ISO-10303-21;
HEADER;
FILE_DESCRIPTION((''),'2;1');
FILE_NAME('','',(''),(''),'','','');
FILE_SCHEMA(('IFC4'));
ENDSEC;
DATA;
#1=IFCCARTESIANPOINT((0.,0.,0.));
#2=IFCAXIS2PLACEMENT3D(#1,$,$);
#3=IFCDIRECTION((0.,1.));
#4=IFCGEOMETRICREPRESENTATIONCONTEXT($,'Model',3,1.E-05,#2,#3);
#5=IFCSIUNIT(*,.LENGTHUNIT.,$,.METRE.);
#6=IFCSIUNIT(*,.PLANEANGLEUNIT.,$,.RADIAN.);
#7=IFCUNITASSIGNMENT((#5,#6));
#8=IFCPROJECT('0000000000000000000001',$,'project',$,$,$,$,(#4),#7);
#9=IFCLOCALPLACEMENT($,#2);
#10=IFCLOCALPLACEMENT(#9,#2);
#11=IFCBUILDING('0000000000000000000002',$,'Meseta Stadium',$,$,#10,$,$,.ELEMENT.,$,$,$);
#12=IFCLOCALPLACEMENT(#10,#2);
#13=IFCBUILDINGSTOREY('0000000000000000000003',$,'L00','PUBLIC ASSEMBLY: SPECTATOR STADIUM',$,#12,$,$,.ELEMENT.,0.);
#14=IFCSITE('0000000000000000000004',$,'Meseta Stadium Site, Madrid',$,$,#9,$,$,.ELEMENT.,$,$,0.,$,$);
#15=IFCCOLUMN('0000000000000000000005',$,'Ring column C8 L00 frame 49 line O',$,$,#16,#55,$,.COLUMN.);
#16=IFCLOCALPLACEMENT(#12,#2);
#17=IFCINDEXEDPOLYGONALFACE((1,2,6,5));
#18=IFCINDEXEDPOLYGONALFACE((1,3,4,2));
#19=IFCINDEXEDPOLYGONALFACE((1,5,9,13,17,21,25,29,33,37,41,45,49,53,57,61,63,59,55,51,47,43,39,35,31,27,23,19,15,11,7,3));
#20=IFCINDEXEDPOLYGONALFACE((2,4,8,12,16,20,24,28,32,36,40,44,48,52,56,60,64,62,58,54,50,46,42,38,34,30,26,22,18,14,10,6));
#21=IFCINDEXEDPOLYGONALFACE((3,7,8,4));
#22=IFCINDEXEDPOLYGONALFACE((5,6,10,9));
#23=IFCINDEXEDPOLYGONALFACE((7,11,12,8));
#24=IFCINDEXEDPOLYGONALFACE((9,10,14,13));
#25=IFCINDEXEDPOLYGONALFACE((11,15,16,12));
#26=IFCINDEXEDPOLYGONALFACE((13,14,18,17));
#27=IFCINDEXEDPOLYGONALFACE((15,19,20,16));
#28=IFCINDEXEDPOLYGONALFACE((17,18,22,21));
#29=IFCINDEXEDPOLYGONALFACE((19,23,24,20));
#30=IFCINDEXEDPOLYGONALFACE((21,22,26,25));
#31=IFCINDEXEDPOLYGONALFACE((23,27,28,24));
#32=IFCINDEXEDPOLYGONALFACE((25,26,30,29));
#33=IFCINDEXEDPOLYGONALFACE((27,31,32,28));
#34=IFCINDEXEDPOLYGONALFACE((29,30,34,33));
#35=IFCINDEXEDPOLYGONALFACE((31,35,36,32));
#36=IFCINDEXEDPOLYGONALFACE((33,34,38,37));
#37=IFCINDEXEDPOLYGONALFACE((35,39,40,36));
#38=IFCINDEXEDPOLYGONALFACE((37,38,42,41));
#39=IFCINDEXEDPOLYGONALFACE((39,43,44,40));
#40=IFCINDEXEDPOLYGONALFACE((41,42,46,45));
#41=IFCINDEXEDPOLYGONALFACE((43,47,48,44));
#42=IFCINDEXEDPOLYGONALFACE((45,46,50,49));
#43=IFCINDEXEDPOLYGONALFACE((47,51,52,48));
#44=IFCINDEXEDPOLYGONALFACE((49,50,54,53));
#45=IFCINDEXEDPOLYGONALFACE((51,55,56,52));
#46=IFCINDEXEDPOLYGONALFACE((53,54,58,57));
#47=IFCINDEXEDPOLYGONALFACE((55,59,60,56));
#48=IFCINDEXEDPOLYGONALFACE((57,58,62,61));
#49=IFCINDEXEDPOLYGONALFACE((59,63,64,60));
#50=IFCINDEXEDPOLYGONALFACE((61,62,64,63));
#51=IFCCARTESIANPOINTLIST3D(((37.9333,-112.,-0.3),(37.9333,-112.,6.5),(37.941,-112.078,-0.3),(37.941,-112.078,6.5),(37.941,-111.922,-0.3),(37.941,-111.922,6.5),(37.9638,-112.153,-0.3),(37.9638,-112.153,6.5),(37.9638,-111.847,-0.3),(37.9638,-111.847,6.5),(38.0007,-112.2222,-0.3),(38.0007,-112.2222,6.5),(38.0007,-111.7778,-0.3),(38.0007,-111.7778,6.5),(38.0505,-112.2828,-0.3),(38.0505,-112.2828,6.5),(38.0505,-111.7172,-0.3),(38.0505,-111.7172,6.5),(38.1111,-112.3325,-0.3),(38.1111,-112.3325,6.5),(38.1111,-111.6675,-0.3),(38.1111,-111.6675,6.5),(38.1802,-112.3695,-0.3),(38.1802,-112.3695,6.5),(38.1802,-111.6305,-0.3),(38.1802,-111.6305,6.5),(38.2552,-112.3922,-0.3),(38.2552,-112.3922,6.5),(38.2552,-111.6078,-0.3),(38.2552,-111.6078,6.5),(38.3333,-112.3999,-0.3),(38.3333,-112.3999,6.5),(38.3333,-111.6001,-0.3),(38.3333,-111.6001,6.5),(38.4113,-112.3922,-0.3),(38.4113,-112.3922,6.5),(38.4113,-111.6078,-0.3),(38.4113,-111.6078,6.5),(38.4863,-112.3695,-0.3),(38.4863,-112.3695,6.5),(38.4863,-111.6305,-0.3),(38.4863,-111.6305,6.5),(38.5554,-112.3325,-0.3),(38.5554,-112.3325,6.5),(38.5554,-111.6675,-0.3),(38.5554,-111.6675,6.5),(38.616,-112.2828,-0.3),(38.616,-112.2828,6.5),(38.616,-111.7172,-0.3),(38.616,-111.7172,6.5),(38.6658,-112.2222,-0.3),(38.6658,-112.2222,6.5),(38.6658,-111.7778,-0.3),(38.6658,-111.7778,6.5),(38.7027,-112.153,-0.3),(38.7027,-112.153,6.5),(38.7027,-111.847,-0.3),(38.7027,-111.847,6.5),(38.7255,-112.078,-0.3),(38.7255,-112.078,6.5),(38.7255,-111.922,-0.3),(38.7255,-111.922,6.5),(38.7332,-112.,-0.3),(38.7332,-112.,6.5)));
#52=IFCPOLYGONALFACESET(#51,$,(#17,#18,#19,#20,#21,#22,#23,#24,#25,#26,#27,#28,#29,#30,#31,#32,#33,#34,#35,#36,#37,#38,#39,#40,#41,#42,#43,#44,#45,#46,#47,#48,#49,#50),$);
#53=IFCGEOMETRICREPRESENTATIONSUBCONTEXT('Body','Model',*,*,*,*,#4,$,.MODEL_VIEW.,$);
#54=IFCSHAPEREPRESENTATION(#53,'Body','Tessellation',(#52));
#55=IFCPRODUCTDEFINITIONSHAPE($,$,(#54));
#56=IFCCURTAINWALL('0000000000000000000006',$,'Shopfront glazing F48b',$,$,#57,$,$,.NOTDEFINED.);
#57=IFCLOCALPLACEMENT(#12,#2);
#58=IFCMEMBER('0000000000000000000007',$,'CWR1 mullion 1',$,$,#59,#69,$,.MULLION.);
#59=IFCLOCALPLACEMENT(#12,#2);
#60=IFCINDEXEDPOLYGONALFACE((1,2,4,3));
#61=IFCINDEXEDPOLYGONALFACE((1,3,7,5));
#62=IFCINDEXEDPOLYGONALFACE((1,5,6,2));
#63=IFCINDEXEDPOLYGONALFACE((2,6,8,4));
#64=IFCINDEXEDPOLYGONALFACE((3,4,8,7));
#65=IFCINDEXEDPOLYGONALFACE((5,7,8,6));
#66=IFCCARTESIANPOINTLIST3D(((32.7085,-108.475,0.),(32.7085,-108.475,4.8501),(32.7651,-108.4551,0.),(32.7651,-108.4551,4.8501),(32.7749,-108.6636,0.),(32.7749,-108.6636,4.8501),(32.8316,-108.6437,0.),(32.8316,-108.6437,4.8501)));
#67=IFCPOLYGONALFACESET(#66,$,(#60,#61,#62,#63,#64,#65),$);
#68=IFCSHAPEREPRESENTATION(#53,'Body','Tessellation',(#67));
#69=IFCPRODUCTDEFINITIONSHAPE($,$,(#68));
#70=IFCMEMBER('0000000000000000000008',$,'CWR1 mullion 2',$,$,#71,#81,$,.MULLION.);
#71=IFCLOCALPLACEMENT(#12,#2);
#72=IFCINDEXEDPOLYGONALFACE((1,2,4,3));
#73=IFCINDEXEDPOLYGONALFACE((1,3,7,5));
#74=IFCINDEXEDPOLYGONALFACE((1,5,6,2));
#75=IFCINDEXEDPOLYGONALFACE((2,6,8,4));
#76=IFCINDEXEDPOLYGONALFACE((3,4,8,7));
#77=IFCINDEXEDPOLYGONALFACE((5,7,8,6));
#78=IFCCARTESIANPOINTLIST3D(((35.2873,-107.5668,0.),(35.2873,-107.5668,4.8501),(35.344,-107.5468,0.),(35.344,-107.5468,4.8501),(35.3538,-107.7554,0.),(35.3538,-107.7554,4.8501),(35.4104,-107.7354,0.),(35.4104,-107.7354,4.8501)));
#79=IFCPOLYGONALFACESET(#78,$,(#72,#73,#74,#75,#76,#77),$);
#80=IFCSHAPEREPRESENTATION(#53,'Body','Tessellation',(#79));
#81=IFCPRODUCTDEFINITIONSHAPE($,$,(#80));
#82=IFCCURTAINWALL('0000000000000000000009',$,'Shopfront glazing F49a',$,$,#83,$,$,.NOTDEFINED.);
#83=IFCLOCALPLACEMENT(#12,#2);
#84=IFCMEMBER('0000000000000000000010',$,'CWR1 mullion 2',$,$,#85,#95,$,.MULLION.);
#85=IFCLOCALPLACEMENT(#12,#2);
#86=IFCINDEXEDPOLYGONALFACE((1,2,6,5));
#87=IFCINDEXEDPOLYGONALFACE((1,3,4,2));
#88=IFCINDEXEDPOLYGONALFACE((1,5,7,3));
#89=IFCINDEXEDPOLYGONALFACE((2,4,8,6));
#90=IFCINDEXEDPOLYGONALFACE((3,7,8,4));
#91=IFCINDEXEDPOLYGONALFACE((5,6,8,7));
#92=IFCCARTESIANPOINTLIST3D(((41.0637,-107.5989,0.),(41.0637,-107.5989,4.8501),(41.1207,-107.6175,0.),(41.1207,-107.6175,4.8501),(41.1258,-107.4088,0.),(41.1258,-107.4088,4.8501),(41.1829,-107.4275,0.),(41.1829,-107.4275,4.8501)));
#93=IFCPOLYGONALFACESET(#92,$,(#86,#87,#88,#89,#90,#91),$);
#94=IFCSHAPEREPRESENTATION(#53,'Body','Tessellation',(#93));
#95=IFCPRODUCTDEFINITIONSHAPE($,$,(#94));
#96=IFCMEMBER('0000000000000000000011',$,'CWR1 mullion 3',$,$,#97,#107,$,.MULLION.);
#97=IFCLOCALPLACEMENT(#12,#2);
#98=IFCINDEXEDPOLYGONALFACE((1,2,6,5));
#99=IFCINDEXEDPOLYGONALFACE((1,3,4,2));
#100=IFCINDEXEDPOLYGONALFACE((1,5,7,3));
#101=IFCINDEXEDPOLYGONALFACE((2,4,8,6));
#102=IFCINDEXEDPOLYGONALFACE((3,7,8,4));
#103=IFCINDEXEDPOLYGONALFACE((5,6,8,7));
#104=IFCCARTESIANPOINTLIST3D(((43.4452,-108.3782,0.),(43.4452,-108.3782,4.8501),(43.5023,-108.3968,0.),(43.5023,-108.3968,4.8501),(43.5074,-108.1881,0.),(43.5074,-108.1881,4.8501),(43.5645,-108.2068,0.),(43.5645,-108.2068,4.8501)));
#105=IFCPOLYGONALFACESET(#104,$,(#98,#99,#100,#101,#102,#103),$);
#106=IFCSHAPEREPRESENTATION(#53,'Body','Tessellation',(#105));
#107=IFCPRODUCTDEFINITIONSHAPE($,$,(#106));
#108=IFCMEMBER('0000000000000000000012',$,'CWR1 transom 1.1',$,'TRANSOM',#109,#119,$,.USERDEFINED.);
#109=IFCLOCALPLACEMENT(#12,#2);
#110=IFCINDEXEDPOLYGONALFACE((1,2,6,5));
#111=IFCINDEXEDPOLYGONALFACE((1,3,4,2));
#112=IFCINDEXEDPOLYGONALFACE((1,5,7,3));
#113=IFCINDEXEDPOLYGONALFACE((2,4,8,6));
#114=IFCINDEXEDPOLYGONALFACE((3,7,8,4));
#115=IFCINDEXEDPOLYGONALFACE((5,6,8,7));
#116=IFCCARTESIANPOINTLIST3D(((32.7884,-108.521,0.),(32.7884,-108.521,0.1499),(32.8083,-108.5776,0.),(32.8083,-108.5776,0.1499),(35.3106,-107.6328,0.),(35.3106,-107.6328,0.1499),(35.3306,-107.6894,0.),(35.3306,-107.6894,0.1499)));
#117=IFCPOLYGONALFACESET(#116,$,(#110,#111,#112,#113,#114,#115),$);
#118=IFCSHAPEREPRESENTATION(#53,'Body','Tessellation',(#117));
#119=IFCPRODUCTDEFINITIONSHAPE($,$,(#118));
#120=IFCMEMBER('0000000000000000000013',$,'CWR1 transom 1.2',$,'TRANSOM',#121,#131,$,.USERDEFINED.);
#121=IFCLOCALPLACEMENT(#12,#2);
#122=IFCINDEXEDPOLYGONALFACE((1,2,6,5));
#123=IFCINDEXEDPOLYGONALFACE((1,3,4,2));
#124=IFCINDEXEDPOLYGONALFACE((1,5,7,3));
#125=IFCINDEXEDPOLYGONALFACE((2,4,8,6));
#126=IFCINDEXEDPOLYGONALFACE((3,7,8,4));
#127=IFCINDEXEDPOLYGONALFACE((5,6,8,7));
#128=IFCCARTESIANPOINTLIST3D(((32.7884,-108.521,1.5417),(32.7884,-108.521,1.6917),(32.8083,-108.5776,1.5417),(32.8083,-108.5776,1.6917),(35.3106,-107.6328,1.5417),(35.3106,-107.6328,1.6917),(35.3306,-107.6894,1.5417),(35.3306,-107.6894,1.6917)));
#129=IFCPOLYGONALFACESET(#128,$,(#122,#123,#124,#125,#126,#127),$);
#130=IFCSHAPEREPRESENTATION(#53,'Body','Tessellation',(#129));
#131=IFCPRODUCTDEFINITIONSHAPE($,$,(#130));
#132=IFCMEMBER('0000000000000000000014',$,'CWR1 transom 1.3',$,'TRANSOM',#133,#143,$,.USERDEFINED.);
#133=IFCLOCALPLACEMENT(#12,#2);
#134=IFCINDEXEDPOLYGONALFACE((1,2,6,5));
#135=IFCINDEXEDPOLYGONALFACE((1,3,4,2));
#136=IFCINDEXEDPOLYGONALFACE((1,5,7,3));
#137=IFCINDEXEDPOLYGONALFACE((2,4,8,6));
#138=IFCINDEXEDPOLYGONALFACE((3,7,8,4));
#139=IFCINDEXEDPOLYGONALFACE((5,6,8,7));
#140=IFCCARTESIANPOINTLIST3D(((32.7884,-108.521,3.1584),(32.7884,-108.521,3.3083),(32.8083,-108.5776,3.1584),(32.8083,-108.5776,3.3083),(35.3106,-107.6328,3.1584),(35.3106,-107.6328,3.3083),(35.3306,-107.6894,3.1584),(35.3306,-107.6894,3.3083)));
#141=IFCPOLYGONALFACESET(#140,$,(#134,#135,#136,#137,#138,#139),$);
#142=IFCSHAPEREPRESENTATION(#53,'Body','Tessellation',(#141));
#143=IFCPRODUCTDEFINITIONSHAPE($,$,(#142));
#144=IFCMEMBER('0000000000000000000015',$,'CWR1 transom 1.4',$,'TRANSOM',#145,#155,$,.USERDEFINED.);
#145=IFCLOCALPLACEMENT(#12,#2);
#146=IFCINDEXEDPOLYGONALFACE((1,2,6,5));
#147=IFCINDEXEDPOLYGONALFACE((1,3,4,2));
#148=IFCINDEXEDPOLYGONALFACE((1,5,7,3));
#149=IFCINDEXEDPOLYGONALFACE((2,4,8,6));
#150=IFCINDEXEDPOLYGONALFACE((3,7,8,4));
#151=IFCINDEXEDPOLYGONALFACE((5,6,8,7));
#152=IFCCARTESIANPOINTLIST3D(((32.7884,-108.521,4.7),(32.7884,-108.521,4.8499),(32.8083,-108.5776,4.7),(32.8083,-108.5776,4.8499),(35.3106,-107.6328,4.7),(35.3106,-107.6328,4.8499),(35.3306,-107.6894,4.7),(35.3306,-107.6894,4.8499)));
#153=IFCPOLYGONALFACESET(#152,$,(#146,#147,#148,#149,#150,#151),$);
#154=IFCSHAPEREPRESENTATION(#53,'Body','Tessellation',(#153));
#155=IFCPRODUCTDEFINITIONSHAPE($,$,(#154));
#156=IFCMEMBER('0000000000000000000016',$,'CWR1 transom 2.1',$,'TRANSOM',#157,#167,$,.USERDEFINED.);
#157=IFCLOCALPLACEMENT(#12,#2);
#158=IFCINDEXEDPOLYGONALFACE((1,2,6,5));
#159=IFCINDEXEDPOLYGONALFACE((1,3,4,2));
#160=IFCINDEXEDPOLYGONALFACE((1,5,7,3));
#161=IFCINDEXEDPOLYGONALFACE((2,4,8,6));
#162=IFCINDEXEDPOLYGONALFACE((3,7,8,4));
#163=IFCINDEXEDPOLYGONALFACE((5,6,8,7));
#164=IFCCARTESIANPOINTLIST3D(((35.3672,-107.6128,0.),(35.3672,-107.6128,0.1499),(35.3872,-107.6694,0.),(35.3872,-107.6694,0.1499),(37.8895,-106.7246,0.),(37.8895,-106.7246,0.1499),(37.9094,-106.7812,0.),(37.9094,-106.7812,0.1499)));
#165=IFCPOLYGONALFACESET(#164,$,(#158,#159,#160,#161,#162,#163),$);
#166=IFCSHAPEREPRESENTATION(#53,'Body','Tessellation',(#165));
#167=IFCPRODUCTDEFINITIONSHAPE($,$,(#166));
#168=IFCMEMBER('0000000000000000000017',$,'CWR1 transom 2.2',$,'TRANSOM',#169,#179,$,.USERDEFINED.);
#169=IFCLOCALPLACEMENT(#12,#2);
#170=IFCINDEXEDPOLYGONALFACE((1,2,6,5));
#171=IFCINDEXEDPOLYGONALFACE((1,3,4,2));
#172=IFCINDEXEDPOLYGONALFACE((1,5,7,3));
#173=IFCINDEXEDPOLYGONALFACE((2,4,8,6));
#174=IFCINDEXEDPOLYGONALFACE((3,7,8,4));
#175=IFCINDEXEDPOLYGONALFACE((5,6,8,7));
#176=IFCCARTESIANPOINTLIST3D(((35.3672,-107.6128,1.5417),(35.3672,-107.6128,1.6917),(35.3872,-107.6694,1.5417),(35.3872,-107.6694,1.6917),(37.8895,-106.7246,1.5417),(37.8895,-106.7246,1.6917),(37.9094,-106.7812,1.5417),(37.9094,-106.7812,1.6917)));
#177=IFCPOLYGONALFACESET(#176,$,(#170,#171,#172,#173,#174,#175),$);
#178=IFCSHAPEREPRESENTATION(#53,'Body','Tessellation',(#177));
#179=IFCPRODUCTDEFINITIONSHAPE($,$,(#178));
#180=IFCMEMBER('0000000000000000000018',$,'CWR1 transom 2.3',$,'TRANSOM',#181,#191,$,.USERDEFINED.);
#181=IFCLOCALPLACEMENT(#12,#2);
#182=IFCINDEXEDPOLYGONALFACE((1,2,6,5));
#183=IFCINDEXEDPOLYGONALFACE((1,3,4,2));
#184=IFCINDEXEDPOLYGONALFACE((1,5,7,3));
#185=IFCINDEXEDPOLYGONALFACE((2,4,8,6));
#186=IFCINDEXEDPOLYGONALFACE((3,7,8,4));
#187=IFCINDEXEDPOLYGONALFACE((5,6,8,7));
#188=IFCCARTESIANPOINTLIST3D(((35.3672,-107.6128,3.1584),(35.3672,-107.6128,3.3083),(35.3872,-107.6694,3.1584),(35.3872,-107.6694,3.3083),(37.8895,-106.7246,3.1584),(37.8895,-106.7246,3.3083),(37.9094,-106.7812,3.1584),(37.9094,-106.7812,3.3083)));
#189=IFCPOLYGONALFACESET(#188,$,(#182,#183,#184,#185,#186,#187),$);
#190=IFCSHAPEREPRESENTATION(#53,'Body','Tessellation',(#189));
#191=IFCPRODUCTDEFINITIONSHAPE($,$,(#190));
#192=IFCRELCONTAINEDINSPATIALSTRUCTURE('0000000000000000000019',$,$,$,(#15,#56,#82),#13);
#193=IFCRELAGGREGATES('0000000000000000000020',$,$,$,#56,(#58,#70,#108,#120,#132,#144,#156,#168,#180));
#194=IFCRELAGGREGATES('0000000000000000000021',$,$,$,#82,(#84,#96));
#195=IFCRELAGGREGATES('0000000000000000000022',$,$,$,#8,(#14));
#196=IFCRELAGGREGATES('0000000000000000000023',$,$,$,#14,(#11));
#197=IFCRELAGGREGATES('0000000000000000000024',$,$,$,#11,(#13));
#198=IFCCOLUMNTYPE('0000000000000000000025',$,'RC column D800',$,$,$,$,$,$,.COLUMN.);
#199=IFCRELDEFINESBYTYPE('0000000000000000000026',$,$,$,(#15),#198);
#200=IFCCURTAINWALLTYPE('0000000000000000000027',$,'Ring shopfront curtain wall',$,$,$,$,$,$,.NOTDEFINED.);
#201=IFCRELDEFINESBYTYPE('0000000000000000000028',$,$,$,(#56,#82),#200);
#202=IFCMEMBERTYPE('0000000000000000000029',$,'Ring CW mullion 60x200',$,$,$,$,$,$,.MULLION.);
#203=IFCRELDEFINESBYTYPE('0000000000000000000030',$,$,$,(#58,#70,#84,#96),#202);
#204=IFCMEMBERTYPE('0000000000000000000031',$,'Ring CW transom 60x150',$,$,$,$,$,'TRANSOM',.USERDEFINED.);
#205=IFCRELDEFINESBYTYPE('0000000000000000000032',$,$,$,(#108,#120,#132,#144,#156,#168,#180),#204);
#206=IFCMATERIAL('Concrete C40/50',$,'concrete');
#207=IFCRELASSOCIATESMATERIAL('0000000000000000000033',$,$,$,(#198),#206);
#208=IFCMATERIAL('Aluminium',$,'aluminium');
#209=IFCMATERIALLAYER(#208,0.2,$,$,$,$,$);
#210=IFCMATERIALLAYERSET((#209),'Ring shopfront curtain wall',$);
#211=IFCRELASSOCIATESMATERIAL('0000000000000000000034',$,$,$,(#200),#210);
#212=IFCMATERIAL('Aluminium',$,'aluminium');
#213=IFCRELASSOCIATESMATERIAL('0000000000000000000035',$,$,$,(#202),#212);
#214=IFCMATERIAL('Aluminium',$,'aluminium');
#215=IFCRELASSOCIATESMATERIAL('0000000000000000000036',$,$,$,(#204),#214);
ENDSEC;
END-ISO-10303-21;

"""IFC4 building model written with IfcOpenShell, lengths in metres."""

from ifc_helpers import new_model, si_unit, direction, frame, origin, origin_2d, place, context, subcontext, project, spatial, rectangle, circle, extrude, material, layer, layer_set, material_profile, profile_set, type_object, element, aggregate, save


model = new_model("IFC4")

# Units and contexts
model_context = context("Model", 3, precision=1e-05, world=origin(), true_north=direction((0.0, 1.0)))
body_context = subcontext(model_context, "Body", "Model", "MODEL_VIEW")
ifc_project = project(units=[si_unit("LENGTHUNIT", "METRE"), si_unit("PLANEANGLEUNIT", "RADIAN")], contexts=[model_context])

# Site, building, storey
site_placement = place(None, origin())
site = spatial("IfcSite", under=ifc_project, at=site_placement, Name="Meseta Stadium Site, Madrid", CompositionType="ELEMENT", RefElevation=0.0)
building_placement = place(site_placement, origin())
building = spatial("IfcBuilding", under=site, at=building_placement, Name="Meseta Stadium", CompositionType="ELEMENT")
storey_placement = place(building_placement, origin())
storey = spatial("IfcBuildingStorey", under=building, at=storey_placement, Name="L00", Description="PUBLIC ASSEMBLY: SPECTATOR STADIUM", CompositionType="ELEMENT", Elevation=0.0)

# Column
ifc_material_1 = material(Name="Concrete C40/50", Category="concrete")
ifc_material_profile_1 = material_profile(ifc_material_1, circle(Radius=0.3999, at=origin_2d()), Name="RC D800")
ifc_profile_set_1 = profile_set([ifc_material_profile_1], Name="Concrete C40/50")
column_type = type_object("IfcColumnType", Name="RC column D800", PredefinedType="COLUMN", material=ifc_profile_set_1)
column_placement = place(storey_placement, frame((38.3333, -112.0, -0.3), z_axis=(0.0, 0.0, 1.0), x_axis=(1.0, 0.0, 0.0)))
element("IfcColumn", 1, at=column_placement, inside=storey, type_object=column_type, Name="Ring column C8 L00 frame 49 line O", PredefinedType="COLUMN", context=body_context, shape_type="SweptSolid", body=[
    extrude(circle(Radius=0.3999, at=origin_2d()), origin(), (0.0, 0.0, 1.0), 6.8),
])

# Curtain walls, members
ifc_material_2 = material(Name="Aluminium", Category="aluminium")
ifc_layer_1 = layer(ifc_material_2, 0.2)
ifc_layer_set_1 = layer_set([ifc_layer_1], Name="Ring shopfront curtain wall")
curtain_wall_type = type_object("IfcCurtainWallType", Name="Ring shopfront curtain wall", PredefinedType="NOTDEFINED", material=ifc_layer_set_1)
curtain_wall_1_placement = place(storey_placement, origin())
curtain_wall_1 = element("IfcCurtainWall", 2, at=curtain_wall_1_placement, inside=storey, type_object=curtain_wall_type, Name="Shopfront glazing F48b", PredefinedType="NOTDEFINED")
ifc_material_3 = material(Name="Aluminium", Category="aluminium")
ifc_material_profile_2 = material_profile(ifc_material_3, rectangle(XDim=0.2, YDim=0.0601, at=origin_2d()), Name="CW 200x60")
ifc_profile_set_2 = profile_set([ifc_material_profile_2], Name="Aluminium")
member_type_1 = type_object("IfcMemberType", Name="Ring CW mullion 60x200", PredefinedType="MULLION", material=ifc_profile_set_2)
member_1_placement = place(storey_placement, frame((32.77, -108.5593, 0.0), z_axis=(0.0, 0.0, 1.0), x_axis=(-0.33217, 0.94322, 0.0)))
member_1 = element("IfcMember", 3, at=member_1_placement, type_object=member_type_1, Name="CWR1 mullion 1", PredefinedType="MULLION", context=body_context, shape_type="SweptSolid", body=[
    extrude(rectangle(XDim=0.2, YDim=0.0601, at=origin_2d()), origin(), (0.0, 0.0, 1.0), 4.8501),
])
member_2_placement = place(storey_placement, frame((35.3489, -107.6511, 0.0), z_axis=(0.0, 0.0, 1.0), x_axis=(-0.33217, 0.94322, 0.0)))
member_2 = element("IfcMember", 4, at=member_2_placement, type_object=member_type_1, Name="CWR1 mullion 2", PredefinedType="MULLION", context=body_context, shape_type="SweptSolid", body=[
    extrude(rectangle(XDim=0.2, YDim=0.0601, at=origin_2d()), origin(), (0.0, 0.0, 1.0), 4.8501),
])
curtain_wall_2_placement = place(storey_placement, origin())
curtain_wall_2 = element("IfcCurtainWall", 5, at=curtain_wall_2_placement, inside=storey, type_object=curtain_wall_type, Name="Shopfront glazing F49a", PredefinedType="NOTDEFINED")
member_3_placement = place(storey_placement, frame((41.1233, -107.5132, 0.0), z_axis=(0.0, 0.0, 1.0), x_axis=(0.311059, 0.950391, 0.0)))
member_3 = element("IfcMember", 6, at=member_3_placement, type_object=member_type_1, Name="CWR1 mullion 2", PredefinedType="MULLION", context=body_context, shape_type="SweptSolid", body=[
    extrude(rectangle(XDim=0.2, YDim=0.0601, at=origin_2d()), origin(), (0.0, 0.0, 1.0), 4.8501),
])
member_4_placement = place(storey_placement, frame((43.5049, -108.2925, 0.0), z_axis=(0.0, 0.0, 1.0), x_axis=(0.311059, 0.950391, 0.0)))
member_4 = element("IfcMember", 7, at=member_4_placement, type_object=member_type_1, Name="CWR1 mullion 3", PredefinedType="MULLION", context=body_context, shape_type="SweptSolid", body=[
    extrude(rectangle(XDim=0.2, YDim=0.0601, at=origin_2d()), origin(), (0.0, 0.0, 1.0), 4.8501),
])

# Members
ifc_material_4 = material(Name="Aluminium", Category="aluminium")
ifc_material_profile_3 = material_profile(ifc_material_4, rectangle(XDim=0.0601, YDim=0.1499, at=origin_2d()), Name="CW 60x150")
ifc_profile_set_3 = profile_set([ifc_material_profile_3], Name="Aluminium")
member_type_2 = type_object("IfcMemberType", Name="Ring CW transom 60x150", ElementType="TRANSOM", PredefinedType="USERDEFINED", material=ifc_profile_set_3)
member_5_placement = place(storey_placement, frame((32.7983, -108.5493, 0.075), z_axis=(0.943226, 0.332151, 0.0), x_axis=(-0.332151, 0.943226, 0.0)))
member_5 = element("IfcMember", 8, at=member_5_placement, type_object=member_type_2, Name="CWR1 transom 1.1", ObjectType="TRANSOM", PredefinedType="USERDEFINED", context=body_context, shape_type="SweptSolid", body=[
    extrude(rectangle(XDim=0.0601, YDim=0.1499, at=origin_2d()), origin(), (0.0, 0.0, 1.0), 2.6741),
])
member_6_placement = place(storey_placement, frame((32.7983, -108.5493, 1.6167), z_axis=(0.943226, 0.332151, 0.0), x_axis=(-0.332151, 0.943226, 0.0)))
member_6 = element("IfcMember", 9, at=member_6_placement, type_object=member_type_2, Name="CWR1 transom 1.2", ObjectType="TRANSOM", PredefinedType="USERDEFINED", context=body_context, shape_type="SweptSolid", body=[
    extrude(rectangle(XDim=0.0601, YDim=0.1499, at=origin_2d()), origin(), (0.0, 0.0, 1.0), 2.6741),
])
member_7_placement = place(storey_placement, frame((32.7983, -108.5493, 3.2334), z_axis=(0.943226, 0.332151, 0.0), x_axis=(-0.332151, 0.943226, 0.0)))
member_7 = element("IfcMember", 10, at=member_7_placement, type_object=member_type_2, Name="CWR1 transom 1.3", ObjectType="TRANSOM", PredefinedType="USERDEFINED", context=body_context, shape_type="SweptSolid", body=[
    extrude(rectangle(XDim=0.0601, YDim=0.1499, at=origin_2d()), origin(), (0.0, 0.0, 1.0), 2.6741),
])
member_8_placement = place(storey_placement, frame((32.7983, -108.5493, 4.7749), z_axis=(0.943226, 0.332151, 0.0), x_axis=(-0.332151, 0.943226, 0.0)))
member_8 = element("IfcMember", 11, at=member_8_placement, type_object=member_type_2, Name="CWR1 transom 1.4", ObjectType="TRANSOM", PredefinedType="USERDEFINED", context=body_context, shape_type="SweptSolid", body=[
    extrude(rectangle(XDim=0.0601, YDim=0.1499, at=origin_2d()), origin(), (0.0, 0.0, 1.0), 2.6741),
])
member_9_placement = place(storey_placement, frame((35.3772, -107.6411, 0.075), z_axis=(0.943226, 0.332151, 0.0), x_axis=(-0.332151, 0.943226, 0.0)))
member_9 = element("IfcMember", 12, at=member_9_placement, type_object=member_type_2, Name="CWR1 transom 2.1", ObjectType="TRANSOM", PredefinedType="USERDEFINED", context=body_context, shape_type="SweptSolid", body=[
    extrude(rectangle(XDim=0.0601, YDim=0.1499, at=origin_2d()), origin(), (0.0, 0.0, 1.0), 2.6741),
])
member_10_placement = place(storey_placement, frame((35.3772, -107.6411, 1.6167), z_axis=(0.943226, 0.332151, 0.0), x_axis=(-0.332151, 0.943226, 0.0)))
member_10 = element("IfcMember", 13, at=member_10_placement, type_object=member_type_2, Name="CWR1 transom 2.2", ObjectType="TRANSOM", PredefinedType="USERDEFINED", context=body_context, shape_type="SweptSolid", body=[
    extrude(rectangle(XDim=0.0601, YDim=0.1499, at=origin_2d()), origin(), (0.0, 0.0, 1.0), 2.6741),
])
member_11_placement = place(storey_placement, frame((35.3772, -107.6411, 3.2334), z_axis=(0.943226, 0.332151, 0.0), x_axis=(-0.332151, 0.943226, 0.0)))
member_11 = element("IfcMember", 14, at=member_11_placement, type_object=member_type_2, Name="CWR1 transom 2.3", ObjectType="TRANSOM", PredefinedType="USERDEFINED", context=body_context, shape_type="SweptSolid", body=[
    extrude(rectangle(XDim=0.0601, YDim=0.1499, at=origin_2d()), origin(), (0.0, 0.0, 1.0), 2.6741),
])

aggregate(curtain_wall_1, [member_1, member_2, member_5, member_6, member_7, member_8, member_9, member_10, member_11])
aggregate(curtain_wall_2, [member_3, member_4])

save(model, "model.ifc")
